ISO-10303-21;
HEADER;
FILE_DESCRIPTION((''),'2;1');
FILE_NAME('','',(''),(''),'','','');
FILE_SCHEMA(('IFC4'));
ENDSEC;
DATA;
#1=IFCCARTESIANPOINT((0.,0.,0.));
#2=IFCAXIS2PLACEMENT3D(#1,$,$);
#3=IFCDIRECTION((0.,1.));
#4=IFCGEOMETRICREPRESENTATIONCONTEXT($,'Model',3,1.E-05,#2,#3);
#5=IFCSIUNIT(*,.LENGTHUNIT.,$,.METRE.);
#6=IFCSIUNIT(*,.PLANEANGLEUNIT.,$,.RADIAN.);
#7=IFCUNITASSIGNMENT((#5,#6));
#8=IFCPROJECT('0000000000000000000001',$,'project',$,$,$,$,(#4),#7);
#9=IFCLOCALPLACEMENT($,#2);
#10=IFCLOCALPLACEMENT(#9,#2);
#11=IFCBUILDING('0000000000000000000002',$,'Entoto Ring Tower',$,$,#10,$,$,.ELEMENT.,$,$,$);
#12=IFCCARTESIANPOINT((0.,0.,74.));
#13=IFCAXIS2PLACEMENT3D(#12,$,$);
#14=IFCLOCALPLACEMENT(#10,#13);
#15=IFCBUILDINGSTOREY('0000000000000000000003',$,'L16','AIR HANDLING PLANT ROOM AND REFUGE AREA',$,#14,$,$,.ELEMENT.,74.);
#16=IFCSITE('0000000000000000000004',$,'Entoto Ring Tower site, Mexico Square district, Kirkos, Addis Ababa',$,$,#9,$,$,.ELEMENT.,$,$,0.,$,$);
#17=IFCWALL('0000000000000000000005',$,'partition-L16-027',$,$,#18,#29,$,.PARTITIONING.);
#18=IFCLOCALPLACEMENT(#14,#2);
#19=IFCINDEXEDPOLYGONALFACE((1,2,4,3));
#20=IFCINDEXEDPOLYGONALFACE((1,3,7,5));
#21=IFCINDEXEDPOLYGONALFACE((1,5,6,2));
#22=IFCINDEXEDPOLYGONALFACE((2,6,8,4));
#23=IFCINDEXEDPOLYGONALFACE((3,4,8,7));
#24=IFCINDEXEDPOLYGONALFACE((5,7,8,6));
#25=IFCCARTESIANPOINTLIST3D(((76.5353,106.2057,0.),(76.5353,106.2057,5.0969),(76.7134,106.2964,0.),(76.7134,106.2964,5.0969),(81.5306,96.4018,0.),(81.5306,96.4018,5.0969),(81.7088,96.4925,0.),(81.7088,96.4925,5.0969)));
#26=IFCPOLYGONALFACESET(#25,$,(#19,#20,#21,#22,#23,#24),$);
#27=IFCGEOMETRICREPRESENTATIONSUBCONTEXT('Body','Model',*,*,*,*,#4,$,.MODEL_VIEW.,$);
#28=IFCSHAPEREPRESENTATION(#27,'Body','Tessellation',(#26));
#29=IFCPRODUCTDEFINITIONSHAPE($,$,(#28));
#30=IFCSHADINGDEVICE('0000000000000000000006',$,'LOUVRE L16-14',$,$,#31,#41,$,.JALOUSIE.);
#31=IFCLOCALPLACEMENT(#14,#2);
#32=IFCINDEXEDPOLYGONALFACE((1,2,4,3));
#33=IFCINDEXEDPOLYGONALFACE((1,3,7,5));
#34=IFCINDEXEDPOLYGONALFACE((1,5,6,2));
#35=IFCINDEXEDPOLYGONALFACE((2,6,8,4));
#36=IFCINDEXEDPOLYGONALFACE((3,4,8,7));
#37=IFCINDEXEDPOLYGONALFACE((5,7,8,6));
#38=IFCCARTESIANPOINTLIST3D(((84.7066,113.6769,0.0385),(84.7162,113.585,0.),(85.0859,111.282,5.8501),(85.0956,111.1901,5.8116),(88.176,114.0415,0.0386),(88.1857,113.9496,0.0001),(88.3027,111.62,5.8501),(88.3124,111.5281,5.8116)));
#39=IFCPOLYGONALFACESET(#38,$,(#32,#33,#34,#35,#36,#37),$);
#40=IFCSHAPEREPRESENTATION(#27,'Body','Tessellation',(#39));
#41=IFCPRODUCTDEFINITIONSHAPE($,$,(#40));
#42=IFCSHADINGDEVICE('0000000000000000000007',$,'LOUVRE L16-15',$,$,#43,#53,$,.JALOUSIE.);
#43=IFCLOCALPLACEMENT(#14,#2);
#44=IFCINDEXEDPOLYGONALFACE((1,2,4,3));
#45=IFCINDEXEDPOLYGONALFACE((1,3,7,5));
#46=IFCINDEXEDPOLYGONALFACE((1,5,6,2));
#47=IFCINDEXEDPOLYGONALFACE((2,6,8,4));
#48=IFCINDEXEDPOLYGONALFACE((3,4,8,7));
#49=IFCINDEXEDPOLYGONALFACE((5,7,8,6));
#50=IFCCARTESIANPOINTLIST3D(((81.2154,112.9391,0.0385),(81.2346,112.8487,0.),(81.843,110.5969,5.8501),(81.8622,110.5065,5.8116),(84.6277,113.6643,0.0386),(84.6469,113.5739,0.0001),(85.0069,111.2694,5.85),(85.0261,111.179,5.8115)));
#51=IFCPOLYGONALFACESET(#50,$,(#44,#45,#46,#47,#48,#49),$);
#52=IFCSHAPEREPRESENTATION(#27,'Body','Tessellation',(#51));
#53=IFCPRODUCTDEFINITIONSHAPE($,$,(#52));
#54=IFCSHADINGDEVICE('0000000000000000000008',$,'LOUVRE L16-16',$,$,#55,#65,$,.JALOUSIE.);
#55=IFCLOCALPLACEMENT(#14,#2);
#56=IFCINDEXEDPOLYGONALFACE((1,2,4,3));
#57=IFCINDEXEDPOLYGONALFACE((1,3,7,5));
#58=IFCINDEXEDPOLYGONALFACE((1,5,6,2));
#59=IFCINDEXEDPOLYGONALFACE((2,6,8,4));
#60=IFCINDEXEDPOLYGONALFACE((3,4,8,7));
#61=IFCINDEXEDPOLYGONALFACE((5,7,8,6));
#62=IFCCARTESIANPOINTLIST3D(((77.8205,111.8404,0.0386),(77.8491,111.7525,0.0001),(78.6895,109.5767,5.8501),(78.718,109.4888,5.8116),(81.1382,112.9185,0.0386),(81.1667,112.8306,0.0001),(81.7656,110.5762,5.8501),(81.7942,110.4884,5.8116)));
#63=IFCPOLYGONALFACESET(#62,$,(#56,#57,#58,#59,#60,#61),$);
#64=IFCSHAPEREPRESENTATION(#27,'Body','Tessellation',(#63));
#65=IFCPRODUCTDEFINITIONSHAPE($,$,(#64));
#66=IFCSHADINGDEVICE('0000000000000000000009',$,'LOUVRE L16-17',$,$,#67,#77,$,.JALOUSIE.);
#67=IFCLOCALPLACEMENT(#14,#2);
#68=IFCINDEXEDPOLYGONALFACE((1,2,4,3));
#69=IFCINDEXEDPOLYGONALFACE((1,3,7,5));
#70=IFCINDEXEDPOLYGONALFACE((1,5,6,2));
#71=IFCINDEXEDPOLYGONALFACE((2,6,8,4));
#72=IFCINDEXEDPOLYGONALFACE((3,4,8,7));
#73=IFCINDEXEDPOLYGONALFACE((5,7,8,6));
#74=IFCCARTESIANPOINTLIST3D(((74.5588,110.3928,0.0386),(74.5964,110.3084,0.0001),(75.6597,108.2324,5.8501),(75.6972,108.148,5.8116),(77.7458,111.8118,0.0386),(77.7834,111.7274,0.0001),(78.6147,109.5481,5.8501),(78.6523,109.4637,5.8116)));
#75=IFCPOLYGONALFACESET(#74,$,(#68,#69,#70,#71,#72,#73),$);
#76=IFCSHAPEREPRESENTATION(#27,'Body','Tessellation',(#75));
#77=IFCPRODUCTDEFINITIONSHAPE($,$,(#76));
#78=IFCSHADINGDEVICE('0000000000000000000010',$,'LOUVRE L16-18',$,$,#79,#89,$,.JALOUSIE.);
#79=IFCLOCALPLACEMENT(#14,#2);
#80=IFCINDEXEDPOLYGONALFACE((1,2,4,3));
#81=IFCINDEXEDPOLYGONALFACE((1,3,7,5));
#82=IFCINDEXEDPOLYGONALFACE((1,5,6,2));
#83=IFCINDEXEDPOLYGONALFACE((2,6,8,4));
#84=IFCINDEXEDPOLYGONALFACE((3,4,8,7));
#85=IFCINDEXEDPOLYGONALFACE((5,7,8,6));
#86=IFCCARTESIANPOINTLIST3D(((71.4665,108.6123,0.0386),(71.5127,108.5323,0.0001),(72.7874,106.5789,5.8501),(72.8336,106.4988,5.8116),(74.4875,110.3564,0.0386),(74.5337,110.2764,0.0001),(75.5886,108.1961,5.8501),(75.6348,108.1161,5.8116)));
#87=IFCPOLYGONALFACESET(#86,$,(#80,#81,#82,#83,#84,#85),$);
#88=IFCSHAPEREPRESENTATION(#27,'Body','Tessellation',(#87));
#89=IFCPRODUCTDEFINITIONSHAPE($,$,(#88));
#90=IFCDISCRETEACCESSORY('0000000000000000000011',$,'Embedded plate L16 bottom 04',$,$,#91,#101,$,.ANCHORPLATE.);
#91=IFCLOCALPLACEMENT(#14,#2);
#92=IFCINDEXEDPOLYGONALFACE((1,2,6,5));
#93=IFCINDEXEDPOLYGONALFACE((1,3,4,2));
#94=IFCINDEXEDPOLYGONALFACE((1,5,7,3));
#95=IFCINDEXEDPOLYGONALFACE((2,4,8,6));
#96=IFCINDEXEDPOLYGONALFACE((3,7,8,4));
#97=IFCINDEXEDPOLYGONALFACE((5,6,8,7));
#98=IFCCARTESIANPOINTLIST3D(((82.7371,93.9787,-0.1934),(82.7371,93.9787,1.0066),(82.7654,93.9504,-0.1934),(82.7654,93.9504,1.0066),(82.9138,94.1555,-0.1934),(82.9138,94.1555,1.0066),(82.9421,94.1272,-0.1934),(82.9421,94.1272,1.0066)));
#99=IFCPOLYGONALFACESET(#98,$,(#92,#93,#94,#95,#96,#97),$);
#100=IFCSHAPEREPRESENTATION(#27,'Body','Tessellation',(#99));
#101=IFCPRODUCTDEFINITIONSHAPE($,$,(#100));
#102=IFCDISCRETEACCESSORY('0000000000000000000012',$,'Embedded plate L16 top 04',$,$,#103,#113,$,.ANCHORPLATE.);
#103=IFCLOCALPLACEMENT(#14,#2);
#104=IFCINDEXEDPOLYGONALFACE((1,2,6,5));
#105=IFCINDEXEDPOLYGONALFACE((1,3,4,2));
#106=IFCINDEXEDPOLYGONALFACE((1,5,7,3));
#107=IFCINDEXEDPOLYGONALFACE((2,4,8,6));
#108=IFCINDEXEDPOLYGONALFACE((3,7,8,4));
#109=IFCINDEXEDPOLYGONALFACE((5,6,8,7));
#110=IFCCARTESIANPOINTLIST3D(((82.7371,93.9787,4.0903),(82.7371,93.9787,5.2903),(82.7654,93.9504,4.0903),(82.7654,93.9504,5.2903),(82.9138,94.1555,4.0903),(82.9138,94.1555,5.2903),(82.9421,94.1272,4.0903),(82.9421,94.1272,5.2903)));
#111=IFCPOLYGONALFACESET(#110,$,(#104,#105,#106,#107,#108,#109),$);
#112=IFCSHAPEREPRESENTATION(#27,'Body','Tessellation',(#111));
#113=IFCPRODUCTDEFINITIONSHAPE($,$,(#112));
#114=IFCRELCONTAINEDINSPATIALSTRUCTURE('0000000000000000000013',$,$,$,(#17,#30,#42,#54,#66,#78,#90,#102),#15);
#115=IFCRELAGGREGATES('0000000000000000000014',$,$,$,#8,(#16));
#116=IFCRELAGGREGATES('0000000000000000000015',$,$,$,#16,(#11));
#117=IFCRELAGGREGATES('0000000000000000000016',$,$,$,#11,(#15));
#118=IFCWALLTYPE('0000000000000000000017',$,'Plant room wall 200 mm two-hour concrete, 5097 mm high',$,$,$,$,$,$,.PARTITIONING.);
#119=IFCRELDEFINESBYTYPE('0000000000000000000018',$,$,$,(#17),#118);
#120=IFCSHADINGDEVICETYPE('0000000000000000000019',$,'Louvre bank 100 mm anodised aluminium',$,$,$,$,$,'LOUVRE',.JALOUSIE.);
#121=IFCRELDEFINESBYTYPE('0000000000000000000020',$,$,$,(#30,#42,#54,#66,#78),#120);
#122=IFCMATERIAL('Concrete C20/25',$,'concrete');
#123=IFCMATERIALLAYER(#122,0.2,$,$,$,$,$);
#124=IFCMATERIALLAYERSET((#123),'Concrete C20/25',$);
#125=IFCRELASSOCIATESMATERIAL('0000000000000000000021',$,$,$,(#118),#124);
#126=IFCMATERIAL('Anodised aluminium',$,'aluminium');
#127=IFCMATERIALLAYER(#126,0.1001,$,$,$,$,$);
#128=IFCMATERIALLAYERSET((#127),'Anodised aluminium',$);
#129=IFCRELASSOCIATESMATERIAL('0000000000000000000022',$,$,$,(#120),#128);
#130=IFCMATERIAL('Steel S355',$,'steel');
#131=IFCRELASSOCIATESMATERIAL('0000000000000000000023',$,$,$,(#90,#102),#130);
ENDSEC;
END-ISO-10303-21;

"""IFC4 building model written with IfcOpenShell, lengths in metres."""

from ifc_helpers import new_model, si_unit, direction, frame, frame_2d, origin, origin_2d, place, context, subcontext, project, spatial, polyline, rectangle, outline, extrude, material, layer, layer_set, type_object, element, save


model = new_model("IFC4")

# Units and contexts
model_context = context("Model", 3, precision=1e-05, world=origin(), true_north=direction((0.0, 1.0)))
body_context = subcontext(model_context, "Body", "Model", "MODEL_VIEW")
ifc_project = project(units=[si_unit("LENGTHUNIT", "METRE"), si_unit("PLANEANGLEUNIT", "RADIAN")], contexts=[model_context])

# Site, building, storey
site_placement = place(None, origin())
site = spatial("IfcSite", under=ifc_project, at=site_placement, Name="Entoto Ring Tower site, Mexico Square district, Kirkos, Addis Ababa", CompositionType="ELEMENT", RefElevation=0.0)
building_placement = place(site_placement, origin())
building = spatial("IfcBuilding", under=site, at=building_placement, Name="Entoto Ring Tower", CompositionType="ELEMENT")
storey_placement = place(building_placement, frame((0.0, 0.0, 74.0)))
storey = spatial("IfcBuildingStorey", under=building, at=storey_placement, Name="L16", Description="AIR HANDLING PLANT ROOM AND REFUGE AREA", CompositionType="ELEMENT", Elevation=74.0)

# Wall
ifc_material_1 = material(Name="Concrete C20/25", Category="concrete")
ifc_layer_1 = layer(ifc_material_1, 0.2)
ifc_layer_set_1 = layer_set([ifc_layer_1], Name="Concrete C20/25")
wall_type_1 = type_object("IfcWallType", Name="Plant room wall 200 mm two-hour concrete, 5097 mm high", PredefinedType="PARTITIONING", material=ifc_layer_set_1)
wall_1_placement = place(storey_placement, frame((81.6196, 96.4473, 0.0), z_axis=(0.0, 0.0, 1.0), x_axis=(-0.45399, 0.891007, 0.0)))
element("IfcWall", 1, at=wall_1_placement, inside=storey, type_object=wall_type_1, Name="partition-L16-027", PredefinedType="PARTITIONING", context=body_context, shape_type="SweptSolid", body=[
    extrude(rectangle(XDim=11.0032, YDim=0.2, at=frame_2d((5.5015, 0.0))), origin(), (0.0, 0.0, 1.0), 5.0969),
])

# Shading devices
ifc_material_2 = material(Name="Anodised aluminium", Category="aluminium")
ifc_layer_2 = layer(ifc_material_2, 0.1001)
ifc_layer_set_2 = layer_set([ifc_layer_2], Name="Anodised aluminium")
shading_device_type = type_object("IfcShadingDeviceType", Name="Louvre bank 100 mm anodised aluminium", ElementType="LOUVRE", PredefinedType="JALOUSIE", material=ifc_layer_set_2)
shading_device_1_placement = place(storey_placement, frame((88.176, 114.0415, 0.0386), z_axis=(-0.096472, 0.918022, 0.384615), x_axis=(-0.994524, -0.104507, -0.000009)))
element("IfcShadingDevice", 2, at=shading_device_1_placement, inside=storey, type_object=shading_device_type, Name="LOUVRE L16-14", PredefinedType="JALOUSIE", context=body_context, shape_type="SweptSolid", body=[
    extrude(outline(polyline([(0.0, 0.0), (3.4886, 0.0), (3.3615, 6.2958), (0.127, 6.2958), (0.0, 0.0)])), origin(), (0.0, 0.0, -1.0), 0.1001),
])
shading_device_2_placement = place(storey_placement, frame((84.6277, 113.6643, 0.0386), z_axis=(-0.191905, 0.90291, 0.384611), x_axis=(-0.978152, -0.20789, -0.000017)))
element("IfcShadingDevice", 3, at=shading_device_2_placement, inside=storey, type_object=shading_device_type, Name="LOUVRE L16-15", PredefinedType="JALOUSIE", context=body_context, shape_type="SweptSolid", body=[
    extrude(outline(polyline([(0.0, 0.0), (3.4885, 0.0), (3.3614, 6.2959), (0.1269, 6.2957), (0.0, 0.0)])), origin(), (0.0, 0.0, -1.0), 0.1001),
])
shading_device_3_placement = place(storey_placement, frame((81.1382, 112.9185, 0.0386), z_axis=(-0.285267, 0.877892, 0.384614), x_axis=(-0.951048, -0.309042, 0.000007)))
element("IfcShadingDevice", 4, at=shading_device_3_placement, inside=storey, type_object=shading_device_type, Name="LOUVRE L16-16", PredefinedType="JALOUSIE", context=body_context, shape_type="SweptSolid", body=[
    extrude(outline(polyline([(0.0, 0.0), (3.4884, 0.0), (3.3617, 6.2958), (0.1272, 6.2958), (0.0, 0.0)])), origin(), (0.0, 0.0, -1.0), 0.1001),
])
shading_device_4_placement = place(storey_placement, frame((77.7458, 111.8118, 0.0386), z_axis=(-0.37545, 0.843278, 0.384603), x_axis=(-0.913546, -0.406735, 0.0)))
element("IfcShadingDevice", 5, at=shading_device_4_placement, inside=storey, type_object=shading_device_type, Name="LOUVRE L16-17", PredefinedType="JALOUSIE", context=body_context, shape_type="SweptSolid", body=[
    extrude(outline(polyline([(0.0, 0.0), (3.4886, 0.0), (3.3617, 6.2958), (0.1269, 6.2958), (0.0, 0.0)])), origin(), (0.0, 0.0, -1.0), 0.1001),
])
shading_device_5_placement = place(storey_placement, frame((74.4875, 110.3564, 0.0386), z_axis=(-0.461522, 0.799418, 0.384614), x_axis=(-0.866035, -0.499984, 0.000004)))
element("IfcShadingDevice", 6, at=shading_device_5_placement, inside=storey, type_object=shading_device_type, Name="LOUVRE L16-18", PredefinedType="JALOUSIE", context=body_context, shape_type="SweptSolid", body=[
    extrude(outline(polyline([(0.0, 0.0), (3.4883, 0.0), (3.3612, 6.2958), (0.1266, 6.2958), (0.0, 0.0)])), origin(), (0.0, 0.0, -1.0), 0.1001),
])

# Discrete accessories
ifc_material_3 = material(Name="Steel S355", Category="steel")
for number, where, z_axis, x_axis, name in (
    (7, (82.8396, 94.053, -0.1934), (0.0, 0.0, 1.0), (-0.707107, 0.707107, 0.0), "Embedded plate L16 bottom 04"),
    (8, (82.8396, 94.053, 4.0903), (0.0, 0.0, 1.0), (-0.707107, 0.707107, 0.0), "Embedded plate L16 top 04"),
):
    element("IfcDiscreteAccessory", number, at=place(storey_placement, frame(where, z_axis=z_axis, x_axis=x_axis)), inside=storey, material=ifc_material_3, Name=name, PredefinedType="ANCHORPLATE", context=body_context, shape_type="SweptSolid", body=[
        extrude(rectangle(XDim=0.04, YDim=0.25, at=origin_2d()), origin(), (0.0, 0.0, 1.0), 1.2),
    ])

save(model, "model.ifc")
